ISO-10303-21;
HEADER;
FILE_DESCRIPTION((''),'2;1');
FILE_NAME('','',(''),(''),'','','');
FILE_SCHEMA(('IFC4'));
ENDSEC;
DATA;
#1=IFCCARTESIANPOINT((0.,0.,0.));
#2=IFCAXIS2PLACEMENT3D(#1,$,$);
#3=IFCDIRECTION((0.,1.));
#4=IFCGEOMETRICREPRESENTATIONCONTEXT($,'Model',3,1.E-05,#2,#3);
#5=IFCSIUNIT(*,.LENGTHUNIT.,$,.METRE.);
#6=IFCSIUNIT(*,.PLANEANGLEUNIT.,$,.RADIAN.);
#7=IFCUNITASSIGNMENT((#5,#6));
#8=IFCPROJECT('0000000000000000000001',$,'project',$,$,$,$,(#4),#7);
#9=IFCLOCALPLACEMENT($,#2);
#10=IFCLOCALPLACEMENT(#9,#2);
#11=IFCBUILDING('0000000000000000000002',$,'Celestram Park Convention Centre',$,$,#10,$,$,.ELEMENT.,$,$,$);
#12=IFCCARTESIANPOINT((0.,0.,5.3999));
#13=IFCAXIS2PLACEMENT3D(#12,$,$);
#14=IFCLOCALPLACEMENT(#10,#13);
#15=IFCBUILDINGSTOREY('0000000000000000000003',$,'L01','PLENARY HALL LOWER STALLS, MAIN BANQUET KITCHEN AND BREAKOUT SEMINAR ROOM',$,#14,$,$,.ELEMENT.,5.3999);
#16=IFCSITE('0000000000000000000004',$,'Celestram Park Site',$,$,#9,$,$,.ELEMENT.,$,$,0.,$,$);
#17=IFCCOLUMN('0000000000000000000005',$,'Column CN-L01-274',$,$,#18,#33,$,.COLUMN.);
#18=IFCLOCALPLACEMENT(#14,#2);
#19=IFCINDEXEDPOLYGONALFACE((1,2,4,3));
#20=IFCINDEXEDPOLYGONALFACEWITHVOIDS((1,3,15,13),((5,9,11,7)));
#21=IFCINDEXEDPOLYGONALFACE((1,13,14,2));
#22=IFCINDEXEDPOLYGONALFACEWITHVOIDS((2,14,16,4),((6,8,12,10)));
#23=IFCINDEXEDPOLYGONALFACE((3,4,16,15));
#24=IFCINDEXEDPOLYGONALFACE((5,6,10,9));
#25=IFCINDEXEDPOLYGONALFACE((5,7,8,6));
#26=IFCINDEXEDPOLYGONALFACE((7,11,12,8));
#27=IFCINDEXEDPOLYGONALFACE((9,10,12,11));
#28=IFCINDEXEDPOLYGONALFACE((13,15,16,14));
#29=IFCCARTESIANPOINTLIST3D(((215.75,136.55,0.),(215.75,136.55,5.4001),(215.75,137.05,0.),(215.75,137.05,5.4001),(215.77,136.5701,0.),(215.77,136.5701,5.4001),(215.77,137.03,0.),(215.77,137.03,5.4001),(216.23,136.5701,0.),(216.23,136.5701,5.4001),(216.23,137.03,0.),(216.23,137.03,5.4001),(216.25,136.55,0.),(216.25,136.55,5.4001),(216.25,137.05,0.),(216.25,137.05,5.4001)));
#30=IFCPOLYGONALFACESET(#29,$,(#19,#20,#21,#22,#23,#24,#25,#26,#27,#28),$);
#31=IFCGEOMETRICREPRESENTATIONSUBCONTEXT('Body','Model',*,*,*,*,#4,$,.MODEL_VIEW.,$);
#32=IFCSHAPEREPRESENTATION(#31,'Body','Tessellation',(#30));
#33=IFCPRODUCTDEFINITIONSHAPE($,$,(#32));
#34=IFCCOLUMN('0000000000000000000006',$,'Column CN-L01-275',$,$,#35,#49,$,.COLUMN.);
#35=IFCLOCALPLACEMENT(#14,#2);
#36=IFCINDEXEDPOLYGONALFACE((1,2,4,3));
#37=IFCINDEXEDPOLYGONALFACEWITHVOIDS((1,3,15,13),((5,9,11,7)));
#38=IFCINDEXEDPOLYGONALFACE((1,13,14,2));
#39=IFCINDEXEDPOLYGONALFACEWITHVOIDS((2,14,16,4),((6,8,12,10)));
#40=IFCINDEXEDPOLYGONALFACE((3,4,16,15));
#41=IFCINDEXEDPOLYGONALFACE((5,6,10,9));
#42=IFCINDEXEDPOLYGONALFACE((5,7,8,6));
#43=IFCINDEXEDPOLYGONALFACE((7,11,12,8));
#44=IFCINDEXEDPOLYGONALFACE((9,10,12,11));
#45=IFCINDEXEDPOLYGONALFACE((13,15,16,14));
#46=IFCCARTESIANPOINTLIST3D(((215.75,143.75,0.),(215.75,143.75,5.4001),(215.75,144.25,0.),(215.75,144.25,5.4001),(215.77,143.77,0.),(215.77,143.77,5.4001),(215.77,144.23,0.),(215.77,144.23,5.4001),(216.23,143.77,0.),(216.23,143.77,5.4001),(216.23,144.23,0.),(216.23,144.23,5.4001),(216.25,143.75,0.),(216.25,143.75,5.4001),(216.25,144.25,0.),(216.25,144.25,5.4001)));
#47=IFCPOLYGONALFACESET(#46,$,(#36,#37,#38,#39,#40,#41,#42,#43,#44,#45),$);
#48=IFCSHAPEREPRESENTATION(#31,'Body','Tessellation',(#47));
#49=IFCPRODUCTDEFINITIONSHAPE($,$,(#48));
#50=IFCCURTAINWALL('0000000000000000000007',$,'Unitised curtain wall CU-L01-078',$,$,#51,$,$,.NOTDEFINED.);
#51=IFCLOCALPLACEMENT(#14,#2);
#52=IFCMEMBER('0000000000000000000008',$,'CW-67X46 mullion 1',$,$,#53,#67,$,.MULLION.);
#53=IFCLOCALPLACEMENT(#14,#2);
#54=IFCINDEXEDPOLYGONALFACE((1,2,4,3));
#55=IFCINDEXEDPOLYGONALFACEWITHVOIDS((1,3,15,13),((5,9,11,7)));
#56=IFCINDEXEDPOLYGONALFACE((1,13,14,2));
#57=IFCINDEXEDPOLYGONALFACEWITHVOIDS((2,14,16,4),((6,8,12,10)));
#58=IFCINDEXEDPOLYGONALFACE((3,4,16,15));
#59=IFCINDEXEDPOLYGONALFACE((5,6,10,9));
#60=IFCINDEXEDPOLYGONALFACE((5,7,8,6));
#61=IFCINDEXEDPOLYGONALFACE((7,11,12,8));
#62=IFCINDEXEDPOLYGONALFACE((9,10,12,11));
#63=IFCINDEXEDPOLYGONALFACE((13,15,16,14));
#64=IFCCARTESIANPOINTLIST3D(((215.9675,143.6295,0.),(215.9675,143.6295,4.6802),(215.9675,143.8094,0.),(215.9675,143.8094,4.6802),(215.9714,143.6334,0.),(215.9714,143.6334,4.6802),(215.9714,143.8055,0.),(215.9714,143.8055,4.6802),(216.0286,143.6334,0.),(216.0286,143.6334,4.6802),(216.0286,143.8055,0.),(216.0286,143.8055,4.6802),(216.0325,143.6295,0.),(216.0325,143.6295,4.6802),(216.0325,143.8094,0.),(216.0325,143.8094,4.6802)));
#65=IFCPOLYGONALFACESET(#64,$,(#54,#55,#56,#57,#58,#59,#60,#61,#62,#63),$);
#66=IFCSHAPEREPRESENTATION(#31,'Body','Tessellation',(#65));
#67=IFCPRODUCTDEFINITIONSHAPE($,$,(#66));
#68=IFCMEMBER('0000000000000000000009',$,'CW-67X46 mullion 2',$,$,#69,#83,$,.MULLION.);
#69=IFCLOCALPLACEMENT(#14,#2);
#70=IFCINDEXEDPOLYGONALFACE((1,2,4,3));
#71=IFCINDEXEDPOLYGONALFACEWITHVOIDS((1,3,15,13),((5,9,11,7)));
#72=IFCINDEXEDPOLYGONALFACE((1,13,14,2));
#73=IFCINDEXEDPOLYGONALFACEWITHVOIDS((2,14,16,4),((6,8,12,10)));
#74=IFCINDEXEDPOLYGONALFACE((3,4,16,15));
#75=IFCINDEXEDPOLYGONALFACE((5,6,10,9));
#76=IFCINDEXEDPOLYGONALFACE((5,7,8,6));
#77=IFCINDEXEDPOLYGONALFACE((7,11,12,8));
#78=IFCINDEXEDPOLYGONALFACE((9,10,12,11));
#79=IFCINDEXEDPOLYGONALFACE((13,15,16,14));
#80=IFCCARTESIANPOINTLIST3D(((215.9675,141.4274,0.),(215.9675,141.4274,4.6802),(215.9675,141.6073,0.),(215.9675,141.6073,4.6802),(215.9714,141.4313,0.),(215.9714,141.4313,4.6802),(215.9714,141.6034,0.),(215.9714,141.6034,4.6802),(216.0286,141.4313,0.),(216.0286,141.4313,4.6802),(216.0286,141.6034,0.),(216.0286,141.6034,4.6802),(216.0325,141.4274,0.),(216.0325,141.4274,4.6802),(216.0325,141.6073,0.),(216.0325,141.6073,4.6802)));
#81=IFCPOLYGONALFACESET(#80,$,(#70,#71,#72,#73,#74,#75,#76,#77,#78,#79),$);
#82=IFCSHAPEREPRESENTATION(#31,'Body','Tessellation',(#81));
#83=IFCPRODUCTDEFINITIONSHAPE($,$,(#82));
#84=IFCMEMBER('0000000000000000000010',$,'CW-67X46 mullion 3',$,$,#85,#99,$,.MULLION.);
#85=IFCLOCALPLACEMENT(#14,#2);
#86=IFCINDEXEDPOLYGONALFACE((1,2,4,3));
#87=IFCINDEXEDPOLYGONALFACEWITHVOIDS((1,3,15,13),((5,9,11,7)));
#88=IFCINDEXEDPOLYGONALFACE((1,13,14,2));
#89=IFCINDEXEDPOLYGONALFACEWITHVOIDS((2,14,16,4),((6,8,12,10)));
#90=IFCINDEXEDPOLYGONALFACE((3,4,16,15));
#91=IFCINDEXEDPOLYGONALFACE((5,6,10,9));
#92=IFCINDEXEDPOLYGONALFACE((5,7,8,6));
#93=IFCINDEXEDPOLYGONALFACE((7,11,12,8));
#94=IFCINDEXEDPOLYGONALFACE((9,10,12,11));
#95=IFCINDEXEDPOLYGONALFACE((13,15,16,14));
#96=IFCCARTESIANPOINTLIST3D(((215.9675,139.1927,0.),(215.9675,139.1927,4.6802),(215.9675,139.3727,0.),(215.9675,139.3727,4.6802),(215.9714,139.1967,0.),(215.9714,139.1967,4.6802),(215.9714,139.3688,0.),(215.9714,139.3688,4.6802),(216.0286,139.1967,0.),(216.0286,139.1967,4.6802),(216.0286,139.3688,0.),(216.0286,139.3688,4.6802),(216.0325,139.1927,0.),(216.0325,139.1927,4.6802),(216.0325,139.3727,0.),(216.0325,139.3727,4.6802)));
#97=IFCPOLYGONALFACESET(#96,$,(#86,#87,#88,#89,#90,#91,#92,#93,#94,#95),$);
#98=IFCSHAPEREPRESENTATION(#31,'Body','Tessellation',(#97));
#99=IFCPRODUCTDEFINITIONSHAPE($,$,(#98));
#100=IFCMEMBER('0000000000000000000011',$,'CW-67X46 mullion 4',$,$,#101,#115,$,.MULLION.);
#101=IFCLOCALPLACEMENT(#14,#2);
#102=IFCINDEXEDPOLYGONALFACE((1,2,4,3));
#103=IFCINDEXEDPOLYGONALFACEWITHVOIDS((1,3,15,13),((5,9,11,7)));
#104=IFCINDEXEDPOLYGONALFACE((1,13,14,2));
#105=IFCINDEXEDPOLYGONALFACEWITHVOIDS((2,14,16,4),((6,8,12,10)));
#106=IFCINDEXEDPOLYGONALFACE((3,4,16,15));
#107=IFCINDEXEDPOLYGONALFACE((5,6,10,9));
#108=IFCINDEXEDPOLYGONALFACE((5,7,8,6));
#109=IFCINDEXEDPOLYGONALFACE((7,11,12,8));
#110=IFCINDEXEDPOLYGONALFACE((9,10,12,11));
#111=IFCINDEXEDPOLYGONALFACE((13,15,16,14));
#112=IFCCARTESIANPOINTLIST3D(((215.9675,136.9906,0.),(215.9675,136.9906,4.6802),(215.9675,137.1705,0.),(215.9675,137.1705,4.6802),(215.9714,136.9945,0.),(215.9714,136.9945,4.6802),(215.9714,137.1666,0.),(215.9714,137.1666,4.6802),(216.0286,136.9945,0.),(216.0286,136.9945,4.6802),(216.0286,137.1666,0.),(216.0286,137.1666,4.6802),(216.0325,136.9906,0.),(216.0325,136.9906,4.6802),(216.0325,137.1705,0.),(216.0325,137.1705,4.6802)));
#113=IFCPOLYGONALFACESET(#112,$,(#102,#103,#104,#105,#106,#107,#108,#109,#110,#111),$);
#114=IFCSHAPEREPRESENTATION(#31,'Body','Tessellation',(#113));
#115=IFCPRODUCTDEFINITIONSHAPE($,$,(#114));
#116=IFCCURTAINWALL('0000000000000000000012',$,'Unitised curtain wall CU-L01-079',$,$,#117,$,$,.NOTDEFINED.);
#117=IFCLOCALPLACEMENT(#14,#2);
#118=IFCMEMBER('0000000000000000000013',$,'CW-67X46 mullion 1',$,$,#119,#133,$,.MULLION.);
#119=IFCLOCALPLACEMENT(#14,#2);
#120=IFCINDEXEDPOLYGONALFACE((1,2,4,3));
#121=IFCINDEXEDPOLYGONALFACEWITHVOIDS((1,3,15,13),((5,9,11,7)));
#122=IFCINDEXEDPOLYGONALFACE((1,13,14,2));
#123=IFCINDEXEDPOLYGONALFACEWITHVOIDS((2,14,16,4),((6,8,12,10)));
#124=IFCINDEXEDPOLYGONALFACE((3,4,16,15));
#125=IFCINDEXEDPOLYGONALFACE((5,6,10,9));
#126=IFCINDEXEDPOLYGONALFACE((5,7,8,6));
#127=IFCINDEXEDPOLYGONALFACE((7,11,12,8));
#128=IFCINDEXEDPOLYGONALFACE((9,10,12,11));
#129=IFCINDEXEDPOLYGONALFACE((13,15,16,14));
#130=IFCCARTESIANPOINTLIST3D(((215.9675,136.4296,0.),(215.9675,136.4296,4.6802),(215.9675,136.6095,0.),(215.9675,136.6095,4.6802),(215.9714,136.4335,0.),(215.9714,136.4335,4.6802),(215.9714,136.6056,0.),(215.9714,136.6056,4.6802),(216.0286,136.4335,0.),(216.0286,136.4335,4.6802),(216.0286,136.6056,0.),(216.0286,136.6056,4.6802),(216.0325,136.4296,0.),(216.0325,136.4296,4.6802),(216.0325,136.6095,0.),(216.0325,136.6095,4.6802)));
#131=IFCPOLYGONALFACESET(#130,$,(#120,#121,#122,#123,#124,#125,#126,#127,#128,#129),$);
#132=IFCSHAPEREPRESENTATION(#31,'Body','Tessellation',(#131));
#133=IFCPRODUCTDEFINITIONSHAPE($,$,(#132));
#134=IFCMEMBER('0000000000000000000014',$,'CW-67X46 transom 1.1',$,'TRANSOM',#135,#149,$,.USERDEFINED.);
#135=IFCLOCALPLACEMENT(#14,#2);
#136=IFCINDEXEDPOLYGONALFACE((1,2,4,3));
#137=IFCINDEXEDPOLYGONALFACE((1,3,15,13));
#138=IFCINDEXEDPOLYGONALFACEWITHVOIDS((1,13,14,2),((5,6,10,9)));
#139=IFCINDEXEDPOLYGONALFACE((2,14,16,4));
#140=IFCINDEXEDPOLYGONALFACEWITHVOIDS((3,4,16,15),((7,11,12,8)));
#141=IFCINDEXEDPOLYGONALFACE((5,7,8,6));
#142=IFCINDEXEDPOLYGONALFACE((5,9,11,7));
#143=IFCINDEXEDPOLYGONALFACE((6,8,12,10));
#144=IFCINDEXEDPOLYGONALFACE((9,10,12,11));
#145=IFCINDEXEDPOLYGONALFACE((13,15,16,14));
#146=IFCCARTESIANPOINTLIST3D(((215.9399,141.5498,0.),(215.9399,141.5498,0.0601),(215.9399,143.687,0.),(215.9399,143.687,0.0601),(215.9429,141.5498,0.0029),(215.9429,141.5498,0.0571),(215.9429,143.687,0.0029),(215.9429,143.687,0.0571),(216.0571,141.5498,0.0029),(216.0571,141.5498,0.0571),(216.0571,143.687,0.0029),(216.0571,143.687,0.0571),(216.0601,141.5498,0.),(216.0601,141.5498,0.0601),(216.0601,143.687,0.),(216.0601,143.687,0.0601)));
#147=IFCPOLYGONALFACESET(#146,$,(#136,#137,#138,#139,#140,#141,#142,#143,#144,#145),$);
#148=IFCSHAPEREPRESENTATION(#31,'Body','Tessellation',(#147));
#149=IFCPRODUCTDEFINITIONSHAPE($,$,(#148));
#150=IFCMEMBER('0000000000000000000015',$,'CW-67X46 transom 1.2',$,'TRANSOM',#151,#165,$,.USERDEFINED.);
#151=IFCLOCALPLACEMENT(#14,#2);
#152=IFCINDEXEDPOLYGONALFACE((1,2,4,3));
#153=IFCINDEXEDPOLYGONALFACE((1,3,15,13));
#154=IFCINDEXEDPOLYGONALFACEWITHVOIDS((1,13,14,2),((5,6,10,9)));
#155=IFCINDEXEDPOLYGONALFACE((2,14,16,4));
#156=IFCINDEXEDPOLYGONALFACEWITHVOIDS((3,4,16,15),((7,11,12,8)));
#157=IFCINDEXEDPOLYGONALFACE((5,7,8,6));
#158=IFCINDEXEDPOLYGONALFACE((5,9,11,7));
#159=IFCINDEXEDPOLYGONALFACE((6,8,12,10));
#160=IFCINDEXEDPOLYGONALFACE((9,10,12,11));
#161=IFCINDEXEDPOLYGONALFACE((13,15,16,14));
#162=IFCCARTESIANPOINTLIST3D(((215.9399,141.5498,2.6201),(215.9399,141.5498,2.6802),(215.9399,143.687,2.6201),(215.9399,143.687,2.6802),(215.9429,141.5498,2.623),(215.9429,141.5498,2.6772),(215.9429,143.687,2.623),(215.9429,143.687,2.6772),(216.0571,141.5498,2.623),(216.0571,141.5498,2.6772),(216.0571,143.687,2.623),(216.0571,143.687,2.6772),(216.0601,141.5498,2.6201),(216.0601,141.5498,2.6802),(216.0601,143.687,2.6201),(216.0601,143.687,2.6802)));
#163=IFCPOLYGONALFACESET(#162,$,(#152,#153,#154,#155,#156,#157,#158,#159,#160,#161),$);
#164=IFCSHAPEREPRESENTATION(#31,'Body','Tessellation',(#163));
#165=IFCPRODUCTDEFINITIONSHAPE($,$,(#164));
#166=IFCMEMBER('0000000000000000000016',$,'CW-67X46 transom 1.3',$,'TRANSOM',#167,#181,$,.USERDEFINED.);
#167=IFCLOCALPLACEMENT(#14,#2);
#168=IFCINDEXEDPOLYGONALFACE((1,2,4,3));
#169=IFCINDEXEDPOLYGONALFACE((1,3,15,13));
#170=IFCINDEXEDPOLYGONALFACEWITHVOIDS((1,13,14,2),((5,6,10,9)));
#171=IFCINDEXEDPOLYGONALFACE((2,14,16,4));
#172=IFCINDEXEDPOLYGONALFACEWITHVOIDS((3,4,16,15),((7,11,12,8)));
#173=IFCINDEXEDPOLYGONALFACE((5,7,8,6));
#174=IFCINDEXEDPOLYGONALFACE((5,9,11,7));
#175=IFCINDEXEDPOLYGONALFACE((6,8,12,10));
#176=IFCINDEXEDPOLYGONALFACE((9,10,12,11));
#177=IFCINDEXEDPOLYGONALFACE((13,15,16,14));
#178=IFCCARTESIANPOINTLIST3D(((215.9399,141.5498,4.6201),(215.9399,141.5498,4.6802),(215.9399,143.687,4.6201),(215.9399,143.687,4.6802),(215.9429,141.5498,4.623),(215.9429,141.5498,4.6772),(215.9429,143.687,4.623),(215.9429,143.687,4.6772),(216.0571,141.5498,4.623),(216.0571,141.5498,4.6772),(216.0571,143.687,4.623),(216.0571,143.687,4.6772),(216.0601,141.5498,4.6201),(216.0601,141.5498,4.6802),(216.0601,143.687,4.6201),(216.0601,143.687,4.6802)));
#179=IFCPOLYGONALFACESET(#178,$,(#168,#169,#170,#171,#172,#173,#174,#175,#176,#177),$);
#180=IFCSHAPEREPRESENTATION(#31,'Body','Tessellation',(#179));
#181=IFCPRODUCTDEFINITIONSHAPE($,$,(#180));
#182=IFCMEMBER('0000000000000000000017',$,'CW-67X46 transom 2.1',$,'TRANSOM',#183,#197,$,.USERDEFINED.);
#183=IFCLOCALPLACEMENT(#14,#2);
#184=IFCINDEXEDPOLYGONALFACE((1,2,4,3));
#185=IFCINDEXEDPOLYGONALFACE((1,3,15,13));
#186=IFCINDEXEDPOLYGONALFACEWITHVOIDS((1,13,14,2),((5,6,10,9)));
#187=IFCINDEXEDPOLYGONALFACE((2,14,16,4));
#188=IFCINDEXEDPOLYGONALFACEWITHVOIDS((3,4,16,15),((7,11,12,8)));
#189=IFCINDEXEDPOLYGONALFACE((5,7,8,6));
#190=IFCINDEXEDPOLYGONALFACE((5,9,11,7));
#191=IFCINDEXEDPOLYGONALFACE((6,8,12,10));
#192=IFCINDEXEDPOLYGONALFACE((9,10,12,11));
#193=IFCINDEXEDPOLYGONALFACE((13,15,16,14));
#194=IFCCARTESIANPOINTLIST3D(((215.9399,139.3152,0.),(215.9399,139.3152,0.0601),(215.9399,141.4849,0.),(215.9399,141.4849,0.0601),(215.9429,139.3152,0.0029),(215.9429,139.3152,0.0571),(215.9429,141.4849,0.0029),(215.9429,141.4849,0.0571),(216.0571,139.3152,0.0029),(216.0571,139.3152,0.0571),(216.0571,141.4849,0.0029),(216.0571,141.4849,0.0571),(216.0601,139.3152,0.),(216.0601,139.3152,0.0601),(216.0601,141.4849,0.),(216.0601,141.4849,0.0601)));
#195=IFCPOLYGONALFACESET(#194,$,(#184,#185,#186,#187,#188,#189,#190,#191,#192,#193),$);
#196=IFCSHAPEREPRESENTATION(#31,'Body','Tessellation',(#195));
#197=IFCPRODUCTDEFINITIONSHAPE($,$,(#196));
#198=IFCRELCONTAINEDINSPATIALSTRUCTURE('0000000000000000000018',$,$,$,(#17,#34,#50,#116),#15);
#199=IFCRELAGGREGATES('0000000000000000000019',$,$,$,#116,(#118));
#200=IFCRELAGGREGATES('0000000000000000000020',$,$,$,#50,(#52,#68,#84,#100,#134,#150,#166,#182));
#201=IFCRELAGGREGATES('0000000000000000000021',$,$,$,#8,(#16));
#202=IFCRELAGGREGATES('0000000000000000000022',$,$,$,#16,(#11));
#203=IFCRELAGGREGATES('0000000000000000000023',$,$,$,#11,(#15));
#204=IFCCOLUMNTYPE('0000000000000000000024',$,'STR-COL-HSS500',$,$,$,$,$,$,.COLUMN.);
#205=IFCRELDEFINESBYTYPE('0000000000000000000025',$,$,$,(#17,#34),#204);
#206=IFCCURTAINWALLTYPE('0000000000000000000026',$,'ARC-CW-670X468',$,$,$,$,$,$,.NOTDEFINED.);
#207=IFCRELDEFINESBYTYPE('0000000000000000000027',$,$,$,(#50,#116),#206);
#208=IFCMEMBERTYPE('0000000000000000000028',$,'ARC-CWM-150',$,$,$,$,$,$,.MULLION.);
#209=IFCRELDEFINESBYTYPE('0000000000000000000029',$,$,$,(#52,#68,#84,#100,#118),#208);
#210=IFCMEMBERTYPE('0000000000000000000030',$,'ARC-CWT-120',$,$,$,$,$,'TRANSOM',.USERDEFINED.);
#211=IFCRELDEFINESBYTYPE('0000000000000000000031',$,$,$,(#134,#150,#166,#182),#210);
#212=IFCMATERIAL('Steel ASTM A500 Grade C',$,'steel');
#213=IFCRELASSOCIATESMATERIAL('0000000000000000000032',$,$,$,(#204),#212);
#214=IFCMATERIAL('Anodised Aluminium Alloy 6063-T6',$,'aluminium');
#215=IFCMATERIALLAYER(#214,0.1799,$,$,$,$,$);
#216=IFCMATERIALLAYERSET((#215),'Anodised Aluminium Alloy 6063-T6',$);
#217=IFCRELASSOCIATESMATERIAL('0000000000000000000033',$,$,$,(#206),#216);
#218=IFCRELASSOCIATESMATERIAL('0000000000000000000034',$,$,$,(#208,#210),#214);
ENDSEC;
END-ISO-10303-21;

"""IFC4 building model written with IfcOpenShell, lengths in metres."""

from ifc_helpers import new_model, si_unit, direction, frame, origin, origin_2d, place, context, subcontext, project, spatial, hollow_rectangle, extrude, material, layer, layer_set, material_profile, profile_set, type_object, element, aggregate, save


model = new_model("IFC4")

# Units and contexts
model_context = context("Model", 3, precision=1e-05, world=origin(), true_north=direction((0.0, 1.0)))
body_context = subcontext(model_context, "Body", "Model", "MODEL_VIEW")
ifc_project = project(units=[si_unit("LENGTHUNIT", "METRE"), si_unit("PLANEANGLEUNIT", "RADIAN")], contexts=[model_context])

# Site, building, storey
site_placement = place(None, origin())
site = spatial("IfcSite", under=ifc_project, at=site_placement, Name="Celestram Park Site", CompositionType="ELEMENT", RefElevation=0.0)
building_placement = place(site_placement, origin())
building = spatial("IfcBuilding", under=site, at=building_placement, Name="Celestram Park Convention Centre", CompositionType="ELEMENT")
storey_placement = place(building_placement, frame((0.0, 0.0, 5.3999)))
storey = spatial("IfcBuildingStorey", under=building, at=storey_placement, Name="L01", Description="PLENARY HALL LOWER STALLS, MAIN BANQUET KITCHEN AND BREAKOUT SEMINAR ROOM", CompositionType="ELEMENT", Elevation=5.3999)

# Columns
ifc_material_1 = material(Name="Steel ASTM A500 Grade C", Category="steel")
ifc_material_profile_1 = material_profile(ifc_material_1, hollow_rectangle(XDim=0.5, YDim=0.5, WallThickness=0.02, at=origin_2d()), Name="HSS500X500X20")
ifc_profile_set_1 = profile_set([ifc_material_profile_1], Name="Steel ASTM A500 Grade C")
column_type = type_object("IfcColumnType", Name="STR-COL-HSS500", PredefinedType="COLUMN", material=ifc_profile_set_1)
for number, where, z_axis, x_axis, name in (
    (1, (216.0, 136.8, 0.0), (0.0, 0.0, 1.0), (1.0, 0.0, 0.0), "Column CN-L01-274"),
    (2, (216.0, 144.0, 0.0), (0.0, 0.0, 1.0), (1.0, 0.0, 0.0), "Column CN-L01-275"),
):
    element("IfcColumn", number, at=place(storey_placement, frame(where, z_axis=z_axis, x_axis=x_axis)), inside=storey, type_object=column_type, Name=name, PredefinedType="COLUMN", context=body_context, shape_type="SweptSolid", body=[
        extrude(hollow_rectangle(XDim=0.5, YDim=0.5, WallThickness=0.02, at=origin_2d()), origin(), (0.0, 0.0, 1.0), 5.4001),
    ])

# Curtain wall, members
ifc_material_2 = material(Name="Anodised Aluminium Alloy 6063-T6", Category="aluminium")
ifc_layer_1 = layer(ifc_material_2, 0.1799)
ifc_layer_set_1 = layer_set([ifc_layer_1], Name="Anodised Aluminium Alloy 6063-T6")
curtain_wall_type = type_object("IfcCurtainWallType", Name="ARC-CW-670X468", PredefinedType="NOTDEFINED", material=ifc_layer_set_1)
curtain_wall_1_placement = place(storey_placement, origin())
curtain_wall_1 = element("IfcCurtainWall", 3, at=curtain_wall_1_placement, inside=storey, type_object=curtain_wall_type, Name="Unitised curtain wall CU-L01-078", PredefinedType="NOTDEFINED")
ifc_material_profile_2 = material_profile(ifc_material_2, hollow_rectangle(XDim=0.0649, YDim=0.1799, WallThickness=0.0039, at=origin_2d()), Name="ALU65X180X4")
ifc_profile_set_2 = profile_set([ifc_material_profile_2], Name="Anodised Aluminium Alloy 6063-T6")
member_type_1 = type_object("IfcMemberType", Name="ARC-CWM-150", PredefinedType="MULLION", material=ifc_profile_set_2)
member_1_placement = place(storey_placement, frame((216.0, 143.7195, 0.0), z_axis=(0.0, 0.0, 1.0), x_axis=(1.0, 0.0, 0.0)))
member_1 = element("IfcMember", 4, at=member_1_placement, type_object=member_type_1, Name="CW-67X46 mullion 1", PredefinedType="MULLION", context=body_context, shape_type="SweptSolid", body=[
    extrude(hollow_rectangle(XDim=0.0649, YDim=0.1799, WallThickness=0.0039, at=origin_2d()), origin(), (0.0, 0.0, 1.0), 4.6802),
])
member_2_placement = place(storey_placement, frame((216.0, 141.5173, 0.0), z_axis=(0.0, 0.0, 1.0), x_axis=(1.0, 0.0, 0.0)))
member_2 = element("IfcMember", 5, at=member_2_placement, type_object=member_type_1, Name="CW-67X46 mullion 2", PredefinedType="MULLION", context=body_context, shape_type="SweptSolid", body=[
    extrude(hollow_rectangle(XDim=0.0649, YDim=0.1799, WallThickness=0.0039, at=origin_2d()), origin(), (0.0, 0.0, 1.0), 4.6802),
])
member_3_placement = place(storey_placement, frame((216.0, 139.2827, 0.0), z_axis=(0.0, 0.0, 1.0), x_axis=(1.0, 0.0, 0.0)))
member_3 = element("IfcMember", 6, at=member_3_placement, type_object=member_type_1, Name="CW-67X46 mullion 3", PredefinedType="MULLION", context=body_context, shape_type="SweptSolid", body=[
    extrude(hollow_rectangle(XDim=0.0649, YDim=0.1799, WallThickness=0.0039, at=origin_2d()), origin(), (0.0, 0.0, 1.0), 4.6802),
])
member_4_placement = place(storey_placement, frame((216.0, 137.0806, 0.0), z_axis=(0.0, 0.0, 1.0), x_axis=(1.0, 0.0, 0.0)))
member_4 = element("IfcMember", 7, at=member_4_placement, type_object=member_type_1, Name="CW-67X46 mullion 4", PredefinedType="MULLION", context=body_context, shape_type="SweptSolid", body=[
    extrude(hollow_rectangle(XDim=0.0649, YDim=0.1799, WallThickness=0.0039, at=origin_2d()), origin(), (0.0, 0.0, 1.0), 4.6802),
])

# Curtain wall, member
curtain_wall_2_placement = place(storey_placement, origin())
curtain_wall_2 = element("IfcCurtainWall", 8, at=curtain_wall_2_placement, inside=storey, type_object=curtain_wall_type, Name="Unitised curtain wall CU-L01-079", PredefinedType="NOTDEFINED")
member_5_placement = place(storey_placement, frame((216.0, 136.5195, 0.0), z_axis=(0.0, 0.0, 1.0), x_axis=(1.0, 0.0, 0.0)))
member_5 = element("IfcMember", 9, at=member_5_placement, type_object=member_type_1, Name="CW-67X46 mullion 1", PredefinedType="MULLION", context=body_context, shape_type="SweptSolid", body=[
    extrude(hollow_rectangle(XDim=0.0649, YDim=0.1799, WallThickness=0.0039, at=origin_2d()), origin(), (0.0, 0.0, 1.0), 4.6802),
])
aggregate(curtain_wall_2, [member_5])

# Members
ifc_material_profile_3 = material_profile(ifc_material_2, hollow_rectangle(XDim=0.1201, YDim=0.0601, WallThickness=0.0029, at=origin_2d()), Name="ALU120X60X3")
ifc_profile_set_3 = profile_set([ifc_material_profile_3], Name="Anodised Aluminium Alloy 6063-T6")
member_type_2 = type_object("IfcMemberType", Name="ARC-CWT-120", ElementType="TRANSOM", PredefinedType="USERDEFINED", material=ifc_profile_set_3)
member_6_placement = place(storey_placement, frame((216.0, 143.687, 0.03), z_axis=(0.0, -1.0, 0.0), x_axis=(1.0, 0.0, 0.0)))
member_6 = element("IfcMember", 10, at=member_6_placement, type_object=member_type_2, Name="CW-67X46 transom 1.1", ObjectType="TRANSOM", PredefinedType="USERDEFINED", context=body_context, shape_type="SweptSolid", body=[
    extrude(hollow_rectangle(XDim=0.1201, YDim=0.0601, WallThickness=0.0029, at=origin_2d()), origin(), (0.0, 0.0, 1.0), 2.1372),
])
member_7_placement = place(storey_placement, frame((216.0, 143.687, 2.6501), z_axis=(0.0, -1.0, 0.0), x_axis=(1.0, 0.0, 0.0)))
member_7 = element("IfcMember", 11, at=member_7_placement, type_object=member_type_2, Name="CW-67X46 transom 1.2", ObjectType="TRANSOM", PredefinedType="USERDEFINED", context=body_context, shape_type="SweptSolid", body=[
    extrude(hollow_rectangle(XDim=0.1201, YDim=0.0601, WallThickness=0.0029, at=origin_2d()), origin(), (0.0, 0.0, 1.0), 2.1372),
])
member_8_placement = place(storey_placement, frame((216.0, 143.687, 4.6501), z_axis=(0.0, -1.0, 0.0), x_axis=(1.0, 0.0, 0.0)))
member_8 = element("IfcMember", 12, at=member_8_placement, type_object=member_type_2, Name="CW-67X46 transom 1.3", ObjectType="TRANSOM", PredefinedType="USERDEFINED", context=body_context, shape_type="SweptSolid", body=[
    extrude(hollow_rectangle(XDim=0.1201, YDim=0.0601, WallThickness=0.0029, at=origin_2d()), origin(), (0.0, 0.0, 1.0), 2.1372),
])
member_9_placement = place(storey_placement, frame((216.0, 141.4849, 0.03), z_axis=(0.0, -1.0, 0.0), x_axis=(1.0, 0.0, 0.0)))
member_9 = element("IfcMember", 13, at=member_9_placement, type_object=member_type_2, Name="CW-67X46 transom 2.1", ObjectType="TRANSOM", PredefinedType="USERDEFINED", context=body_context, shape_type="SweptSolid", body=[
    extrude(hollow_rectangle(XDim=0.1201, YDim=0.0601, WallThickness=0.0029, at=origin_2d()), origin(), (0.0, 0.0, 1.0), 2.1697),
])

aggregate(curtain_wall_1, [member_1, member_2, member_3, member_4, member_6, member_7, member_8, member_9])

save(model, "model.ifc")
